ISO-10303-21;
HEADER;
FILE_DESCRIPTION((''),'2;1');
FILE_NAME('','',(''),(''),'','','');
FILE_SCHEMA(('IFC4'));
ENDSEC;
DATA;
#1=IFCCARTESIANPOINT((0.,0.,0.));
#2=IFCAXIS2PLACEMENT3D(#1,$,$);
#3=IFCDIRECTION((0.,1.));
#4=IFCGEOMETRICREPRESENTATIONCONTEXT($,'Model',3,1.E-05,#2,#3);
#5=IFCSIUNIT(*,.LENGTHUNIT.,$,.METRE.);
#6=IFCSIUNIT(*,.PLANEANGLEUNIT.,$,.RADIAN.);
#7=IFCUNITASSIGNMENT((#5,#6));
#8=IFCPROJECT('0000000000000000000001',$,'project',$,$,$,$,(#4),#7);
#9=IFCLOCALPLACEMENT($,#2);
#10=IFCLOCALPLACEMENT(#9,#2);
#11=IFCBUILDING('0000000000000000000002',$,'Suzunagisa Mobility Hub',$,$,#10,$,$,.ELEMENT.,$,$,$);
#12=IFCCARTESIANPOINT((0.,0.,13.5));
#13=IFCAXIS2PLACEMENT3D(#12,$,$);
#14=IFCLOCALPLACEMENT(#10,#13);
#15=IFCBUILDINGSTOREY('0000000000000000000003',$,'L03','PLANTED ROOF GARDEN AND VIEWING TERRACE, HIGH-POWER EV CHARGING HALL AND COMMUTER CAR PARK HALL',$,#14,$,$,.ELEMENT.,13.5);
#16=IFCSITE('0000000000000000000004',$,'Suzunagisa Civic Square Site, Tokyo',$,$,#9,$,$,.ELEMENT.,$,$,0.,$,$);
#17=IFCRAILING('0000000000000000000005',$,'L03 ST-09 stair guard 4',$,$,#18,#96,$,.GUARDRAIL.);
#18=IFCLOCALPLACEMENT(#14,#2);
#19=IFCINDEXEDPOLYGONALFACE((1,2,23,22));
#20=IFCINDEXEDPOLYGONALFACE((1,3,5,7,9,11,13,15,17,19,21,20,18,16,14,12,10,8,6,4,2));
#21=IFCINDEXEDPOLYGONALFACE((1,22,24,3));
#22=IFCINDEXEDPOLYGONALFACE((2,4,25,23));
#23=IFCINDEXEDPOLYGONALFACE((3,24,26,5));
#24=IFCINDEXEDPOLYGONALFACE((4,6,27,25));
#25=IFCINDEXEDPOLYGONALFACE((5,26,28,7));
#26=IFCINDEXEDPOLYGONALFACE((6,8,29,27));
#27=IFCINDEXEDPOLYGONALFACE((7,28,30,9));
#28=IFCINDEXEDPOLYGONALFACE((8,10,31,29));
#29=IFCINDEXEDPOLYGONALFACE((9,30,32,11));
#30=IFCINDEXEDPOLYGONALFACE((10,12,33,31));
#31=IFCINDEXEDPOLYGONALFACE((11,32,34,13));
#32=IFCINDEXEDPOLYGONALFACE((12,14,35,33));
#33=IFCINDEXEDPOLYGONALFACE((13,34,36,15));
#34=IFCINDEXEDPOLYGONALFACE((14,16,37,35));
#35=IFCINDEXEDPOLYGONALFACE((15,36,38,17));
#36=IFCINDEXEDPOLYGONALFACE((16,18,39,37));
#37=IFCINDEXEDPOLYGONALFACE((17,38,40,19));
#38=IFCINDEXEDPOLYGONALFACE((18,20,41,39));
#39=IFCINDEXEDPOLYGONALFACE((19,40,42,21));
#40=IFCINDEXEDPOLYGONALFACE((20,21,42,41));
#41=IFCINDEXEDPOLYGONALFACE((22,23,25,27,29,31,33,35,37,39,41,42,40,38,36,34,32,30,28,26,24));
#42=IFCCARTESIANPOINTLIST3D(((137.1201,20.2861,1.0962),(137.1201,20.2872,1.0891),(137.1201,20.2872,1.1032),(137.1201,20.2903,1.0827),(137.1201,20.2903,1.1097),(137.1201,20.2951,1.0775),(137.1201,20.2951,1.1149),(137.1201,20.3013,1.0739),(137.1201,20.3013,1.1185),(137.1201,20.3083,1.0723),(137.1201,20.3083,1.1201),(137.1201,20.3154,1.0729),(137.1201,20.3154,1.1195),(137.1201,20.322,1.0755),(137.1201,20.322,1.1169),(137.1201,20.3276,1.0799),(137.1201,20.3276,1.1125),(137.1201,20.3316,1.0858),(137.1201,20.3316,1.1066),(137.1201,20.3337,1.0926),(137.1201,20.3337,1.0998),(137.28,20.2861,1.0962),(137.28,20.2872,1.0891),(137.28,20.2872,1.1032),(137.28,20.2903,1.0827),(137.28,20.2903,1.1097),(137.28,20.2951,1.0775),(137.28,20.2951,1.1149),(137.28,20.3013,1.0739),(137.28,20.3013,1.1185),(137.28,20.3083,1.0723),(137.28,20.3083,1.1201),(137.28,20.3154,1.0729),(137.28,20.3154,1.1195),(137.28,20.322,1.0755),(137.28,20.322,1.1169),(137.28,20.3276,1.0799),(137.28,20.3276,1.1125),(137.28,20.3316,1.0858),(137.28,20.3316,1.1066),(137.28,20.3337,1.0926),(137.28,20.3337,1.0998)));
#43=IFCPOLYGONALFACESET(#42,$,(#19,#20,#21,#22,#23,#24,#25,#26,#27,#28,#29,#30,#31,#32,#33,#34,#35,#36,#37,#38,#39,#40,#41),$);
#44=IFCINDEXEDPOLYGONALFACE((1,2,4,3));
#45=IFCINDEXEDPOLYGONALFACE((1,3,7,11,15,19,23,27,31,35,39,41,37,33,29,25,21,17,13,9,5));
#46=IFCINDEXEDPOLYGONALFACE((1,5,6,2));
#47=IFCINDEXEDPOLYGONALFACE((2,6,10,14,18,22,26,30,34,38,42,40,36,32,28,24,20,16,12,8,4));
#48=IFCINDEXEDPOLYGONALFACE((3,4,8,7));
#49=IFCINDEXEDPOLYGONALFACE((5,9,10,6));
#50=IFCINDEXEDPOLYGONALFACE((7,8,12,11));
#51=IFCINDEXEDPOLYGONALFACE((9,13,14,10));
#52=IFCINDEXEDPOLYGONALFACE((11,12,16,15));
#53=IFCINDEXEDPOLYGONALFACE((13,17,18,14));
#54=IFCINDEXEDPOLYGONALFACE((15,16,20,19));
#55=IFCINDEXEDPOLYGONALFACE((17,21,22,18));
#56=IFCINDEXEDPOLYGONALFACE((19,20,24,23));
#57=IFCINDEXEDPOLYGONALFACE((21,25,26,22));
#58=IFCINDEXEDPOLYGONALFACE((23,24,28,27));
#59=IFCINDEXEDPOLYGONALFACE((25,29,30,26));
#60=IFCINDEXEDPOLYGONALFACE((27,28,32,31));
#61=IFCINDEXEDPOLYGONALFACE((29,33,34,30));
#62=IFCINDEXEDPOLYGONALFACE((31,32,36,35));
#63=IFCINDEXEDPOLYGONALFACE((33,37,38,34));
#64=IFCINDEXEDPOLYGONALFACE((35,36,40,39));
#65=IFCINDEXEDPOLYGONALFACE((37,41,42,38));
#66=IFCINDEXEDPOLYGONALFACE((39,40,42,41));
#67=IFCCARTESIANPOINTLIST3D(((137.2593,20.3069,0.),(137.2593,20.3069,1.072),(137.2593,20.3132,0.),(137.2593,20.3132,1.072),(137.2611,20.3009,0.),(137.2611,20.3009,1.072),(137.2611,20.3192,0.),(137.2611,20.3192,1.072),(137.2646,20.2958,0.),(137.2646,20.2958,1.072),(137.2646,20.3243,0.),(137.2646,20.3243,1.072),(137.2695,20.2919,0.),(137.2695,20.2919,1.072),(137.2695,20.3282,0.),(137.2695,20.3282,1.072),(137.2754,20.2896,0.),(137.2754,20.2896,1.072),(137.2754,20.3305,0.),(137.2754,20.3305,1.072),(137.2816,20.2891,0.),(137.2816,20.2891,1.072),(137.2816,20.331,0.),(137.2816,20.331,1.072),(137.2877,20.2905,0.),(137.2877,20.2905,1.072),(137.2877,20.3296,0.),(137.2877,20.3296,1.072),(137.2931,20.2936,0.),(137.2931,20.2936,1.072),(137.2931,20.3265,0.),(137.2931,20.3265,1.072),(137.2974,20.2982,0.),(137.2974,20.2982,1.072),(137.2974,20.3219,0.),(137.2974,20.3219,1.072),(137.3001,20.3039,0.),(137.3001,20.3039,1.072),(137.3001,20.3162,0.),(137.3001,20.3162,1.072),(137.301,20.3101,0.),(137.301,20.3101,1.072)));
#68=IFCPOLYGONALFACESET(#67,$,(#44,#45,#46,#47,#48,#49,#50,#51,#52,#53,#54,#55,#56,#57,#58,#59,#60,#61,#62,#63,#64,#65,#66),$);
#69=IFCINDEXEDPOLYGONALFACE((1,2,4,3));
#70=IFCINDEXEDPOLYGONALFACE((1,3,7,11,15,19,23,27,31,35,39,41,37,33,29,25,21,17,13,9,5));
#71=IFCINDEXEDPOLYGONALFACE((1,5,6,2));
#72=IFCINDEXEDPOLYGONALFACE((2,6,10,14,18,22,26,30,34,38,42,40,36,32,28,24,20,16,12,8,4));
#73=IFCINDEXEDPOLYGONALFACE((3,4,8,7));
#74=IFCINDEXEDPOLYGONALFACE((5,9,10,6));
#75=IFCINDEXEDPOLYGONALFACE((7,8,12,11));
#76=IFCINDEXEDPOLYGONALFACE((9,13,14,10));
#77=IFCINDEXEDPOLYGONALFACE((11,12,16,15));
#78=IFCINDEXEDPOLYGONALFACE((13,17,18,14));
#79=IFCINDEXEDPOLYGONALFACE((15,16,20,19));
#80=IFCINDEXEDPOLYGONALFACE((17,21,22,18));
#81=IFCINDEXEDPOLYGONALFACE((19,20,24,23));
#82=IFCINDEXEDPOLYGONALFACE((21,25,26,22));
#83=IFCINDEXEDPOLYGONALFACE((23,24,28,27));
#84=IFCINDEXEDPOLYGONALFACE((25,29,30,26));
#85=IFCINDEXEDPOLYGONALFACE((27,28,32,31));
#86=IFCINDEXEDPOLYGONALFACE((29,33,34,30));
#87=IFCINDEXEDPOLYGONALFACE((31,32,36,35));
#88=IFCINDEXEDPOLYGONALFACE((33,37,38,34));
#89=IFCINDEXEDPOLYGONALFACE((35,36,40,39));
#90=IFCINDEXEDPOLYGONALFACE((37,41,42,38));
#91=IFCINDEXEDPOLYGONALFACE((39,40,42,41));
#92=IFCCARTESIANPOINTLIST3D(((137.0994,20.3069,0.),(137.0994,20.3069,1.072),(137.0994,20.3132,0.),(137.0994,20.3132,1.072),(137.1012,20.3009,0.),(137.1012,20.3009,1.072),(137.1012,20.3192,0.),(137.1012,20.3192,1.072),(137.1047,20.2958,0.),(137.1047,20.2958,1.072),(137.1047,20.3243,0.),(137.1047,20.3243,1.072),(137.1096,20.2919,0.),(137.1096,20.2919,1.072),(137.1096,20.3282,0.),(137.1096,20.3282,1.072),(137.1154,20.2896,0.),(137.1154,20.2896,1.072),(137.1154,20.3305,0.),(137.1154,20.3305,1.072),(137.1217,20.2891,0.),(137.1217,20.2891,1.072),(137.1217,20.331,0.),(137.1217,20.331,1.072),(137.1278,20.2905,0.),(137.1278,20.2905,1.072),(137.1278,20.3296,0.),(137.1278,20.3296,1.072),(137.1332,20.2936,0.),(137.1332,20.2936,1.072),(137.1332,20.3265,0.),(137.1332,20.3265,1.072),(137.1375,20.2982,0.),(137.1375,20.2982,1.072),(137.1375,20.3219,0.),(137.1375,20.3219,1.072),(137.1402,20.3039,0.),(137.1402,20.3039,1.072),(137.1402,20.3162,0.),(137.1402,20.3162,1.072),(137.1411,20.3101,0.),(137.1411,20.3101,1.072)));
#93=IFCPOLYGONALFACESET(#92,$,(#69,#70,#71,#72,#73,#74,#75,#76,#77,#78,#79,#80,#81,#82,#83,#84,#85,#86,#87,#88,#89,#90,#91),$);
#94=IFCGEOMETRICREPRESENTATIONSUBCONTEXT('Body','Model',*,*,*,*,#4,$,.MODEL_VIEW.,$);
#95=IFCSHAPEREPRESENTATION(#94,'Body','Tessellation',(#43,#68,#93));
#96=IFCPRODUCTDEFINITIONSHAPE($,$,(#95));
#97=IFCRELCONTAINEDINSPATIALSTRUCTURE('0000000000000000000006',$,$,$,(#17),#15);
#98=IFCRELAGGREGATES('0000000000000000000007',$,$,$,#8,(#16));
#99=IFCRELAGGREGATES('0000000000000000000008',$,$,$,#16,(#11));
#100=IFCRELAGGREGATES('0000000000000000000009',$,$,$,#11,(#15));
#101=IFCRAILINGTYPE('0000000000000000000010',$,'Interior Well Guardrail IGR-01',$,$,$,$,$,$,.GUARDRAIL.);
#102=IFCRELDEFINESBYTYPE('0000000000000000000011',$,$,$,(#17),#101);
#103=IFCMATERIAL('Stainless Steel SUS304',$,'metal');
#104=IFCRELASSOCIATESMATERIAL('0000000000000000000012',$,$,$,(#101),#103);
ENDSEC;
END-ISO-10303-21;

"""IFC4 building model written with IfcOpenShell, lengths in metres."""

from ifc_helpers import new_model, si_unit, direction, frame, origin, origin_2d, place, context, subcontext, project, spatial, circle, extrude, material, type_object, element, save


model = new_model("IFC4")

# Units and contexts
model_context = context("Model", 3, precision=1e-05, world=origin(), true_north=direction((0.0, 1.0)))
body_context = subcontext(model_context, "Body", "Model", "MODEL_VIEW")
ifc_project = project(units=[si_unit("LENGTHUNIT", "METRE"), si_unit("PLANEANGLEUNIT", "RADIAN")], contexts=[model_context])

# Site, building, storey
site_placement = place(None, origin())
site = spatial("IfcSite", under=ifc_project, at=site_placement, Name="Suzunagisa Civic Square Site, Tokyo", CompositionType="ELEMENT", RefElevation=0.0)
building_placement = place(site_placement, origin())
building = spatial("IfcBuilding", under=site, at=building_placement, Name="Suzunagisa Mobility Hub", CompositionType="ELEMENT")
storey_placement = place(building_placement, frame((0.0, 0.0, 13.5)))
storey = spatial("IfcBuildingStorey", under=building, at=storey_placement, Name="L03", Description="PLANTED ROOF GARDEN AND VIEWING TERRACE, HIGH-POWER EV CHARGING HALL AND COMMUTER CAR PARK HALL", CompositionType="ELEMENT", Elevation=13.5)

# Railing
ifc_material_1 = material(Name="Stainless Steel SUS304", Category="metal")
railing_type_1 = type_object("IfcRailingType", Name="Interior Well Guardrail IGR-01", PredefinedType="GUARDRAIL", material=ifc_material_1)
railing_1_placement = place(storey_placement, frame((137.28, 20.3101, 0.0)))
element("IfcRailing", 1, at=railing_1_placement, inside=storey, type_object=railing_type_1, Name="L03 ST-09 stair guard 4", PredefinedType="GUARDRAIL", context=body_context, shape_type="SweptSolid", body=[
    extrude(circle(Radius=0.0239, at=origin_2d()), frame((0.0, 0.0, 1.0962), z_axis=(-1.0, 0.0, 0.0), x_axis=(0.0, -1.0, 0.0)), (0.0, 0.0, 1.0), 0.1599),
    extrude(circle(Radius=0.021, at=origin_2d()), origin(), (0.0, 0.0, 1.0), 1.072),
    extrude(circle(Radius=0.021, at=origin_2d()), frame((-0.1599, 0.0, 0.0)), (0.0, 0.0, 1.0), 1.072),
])

save(model, "model.ifc")
